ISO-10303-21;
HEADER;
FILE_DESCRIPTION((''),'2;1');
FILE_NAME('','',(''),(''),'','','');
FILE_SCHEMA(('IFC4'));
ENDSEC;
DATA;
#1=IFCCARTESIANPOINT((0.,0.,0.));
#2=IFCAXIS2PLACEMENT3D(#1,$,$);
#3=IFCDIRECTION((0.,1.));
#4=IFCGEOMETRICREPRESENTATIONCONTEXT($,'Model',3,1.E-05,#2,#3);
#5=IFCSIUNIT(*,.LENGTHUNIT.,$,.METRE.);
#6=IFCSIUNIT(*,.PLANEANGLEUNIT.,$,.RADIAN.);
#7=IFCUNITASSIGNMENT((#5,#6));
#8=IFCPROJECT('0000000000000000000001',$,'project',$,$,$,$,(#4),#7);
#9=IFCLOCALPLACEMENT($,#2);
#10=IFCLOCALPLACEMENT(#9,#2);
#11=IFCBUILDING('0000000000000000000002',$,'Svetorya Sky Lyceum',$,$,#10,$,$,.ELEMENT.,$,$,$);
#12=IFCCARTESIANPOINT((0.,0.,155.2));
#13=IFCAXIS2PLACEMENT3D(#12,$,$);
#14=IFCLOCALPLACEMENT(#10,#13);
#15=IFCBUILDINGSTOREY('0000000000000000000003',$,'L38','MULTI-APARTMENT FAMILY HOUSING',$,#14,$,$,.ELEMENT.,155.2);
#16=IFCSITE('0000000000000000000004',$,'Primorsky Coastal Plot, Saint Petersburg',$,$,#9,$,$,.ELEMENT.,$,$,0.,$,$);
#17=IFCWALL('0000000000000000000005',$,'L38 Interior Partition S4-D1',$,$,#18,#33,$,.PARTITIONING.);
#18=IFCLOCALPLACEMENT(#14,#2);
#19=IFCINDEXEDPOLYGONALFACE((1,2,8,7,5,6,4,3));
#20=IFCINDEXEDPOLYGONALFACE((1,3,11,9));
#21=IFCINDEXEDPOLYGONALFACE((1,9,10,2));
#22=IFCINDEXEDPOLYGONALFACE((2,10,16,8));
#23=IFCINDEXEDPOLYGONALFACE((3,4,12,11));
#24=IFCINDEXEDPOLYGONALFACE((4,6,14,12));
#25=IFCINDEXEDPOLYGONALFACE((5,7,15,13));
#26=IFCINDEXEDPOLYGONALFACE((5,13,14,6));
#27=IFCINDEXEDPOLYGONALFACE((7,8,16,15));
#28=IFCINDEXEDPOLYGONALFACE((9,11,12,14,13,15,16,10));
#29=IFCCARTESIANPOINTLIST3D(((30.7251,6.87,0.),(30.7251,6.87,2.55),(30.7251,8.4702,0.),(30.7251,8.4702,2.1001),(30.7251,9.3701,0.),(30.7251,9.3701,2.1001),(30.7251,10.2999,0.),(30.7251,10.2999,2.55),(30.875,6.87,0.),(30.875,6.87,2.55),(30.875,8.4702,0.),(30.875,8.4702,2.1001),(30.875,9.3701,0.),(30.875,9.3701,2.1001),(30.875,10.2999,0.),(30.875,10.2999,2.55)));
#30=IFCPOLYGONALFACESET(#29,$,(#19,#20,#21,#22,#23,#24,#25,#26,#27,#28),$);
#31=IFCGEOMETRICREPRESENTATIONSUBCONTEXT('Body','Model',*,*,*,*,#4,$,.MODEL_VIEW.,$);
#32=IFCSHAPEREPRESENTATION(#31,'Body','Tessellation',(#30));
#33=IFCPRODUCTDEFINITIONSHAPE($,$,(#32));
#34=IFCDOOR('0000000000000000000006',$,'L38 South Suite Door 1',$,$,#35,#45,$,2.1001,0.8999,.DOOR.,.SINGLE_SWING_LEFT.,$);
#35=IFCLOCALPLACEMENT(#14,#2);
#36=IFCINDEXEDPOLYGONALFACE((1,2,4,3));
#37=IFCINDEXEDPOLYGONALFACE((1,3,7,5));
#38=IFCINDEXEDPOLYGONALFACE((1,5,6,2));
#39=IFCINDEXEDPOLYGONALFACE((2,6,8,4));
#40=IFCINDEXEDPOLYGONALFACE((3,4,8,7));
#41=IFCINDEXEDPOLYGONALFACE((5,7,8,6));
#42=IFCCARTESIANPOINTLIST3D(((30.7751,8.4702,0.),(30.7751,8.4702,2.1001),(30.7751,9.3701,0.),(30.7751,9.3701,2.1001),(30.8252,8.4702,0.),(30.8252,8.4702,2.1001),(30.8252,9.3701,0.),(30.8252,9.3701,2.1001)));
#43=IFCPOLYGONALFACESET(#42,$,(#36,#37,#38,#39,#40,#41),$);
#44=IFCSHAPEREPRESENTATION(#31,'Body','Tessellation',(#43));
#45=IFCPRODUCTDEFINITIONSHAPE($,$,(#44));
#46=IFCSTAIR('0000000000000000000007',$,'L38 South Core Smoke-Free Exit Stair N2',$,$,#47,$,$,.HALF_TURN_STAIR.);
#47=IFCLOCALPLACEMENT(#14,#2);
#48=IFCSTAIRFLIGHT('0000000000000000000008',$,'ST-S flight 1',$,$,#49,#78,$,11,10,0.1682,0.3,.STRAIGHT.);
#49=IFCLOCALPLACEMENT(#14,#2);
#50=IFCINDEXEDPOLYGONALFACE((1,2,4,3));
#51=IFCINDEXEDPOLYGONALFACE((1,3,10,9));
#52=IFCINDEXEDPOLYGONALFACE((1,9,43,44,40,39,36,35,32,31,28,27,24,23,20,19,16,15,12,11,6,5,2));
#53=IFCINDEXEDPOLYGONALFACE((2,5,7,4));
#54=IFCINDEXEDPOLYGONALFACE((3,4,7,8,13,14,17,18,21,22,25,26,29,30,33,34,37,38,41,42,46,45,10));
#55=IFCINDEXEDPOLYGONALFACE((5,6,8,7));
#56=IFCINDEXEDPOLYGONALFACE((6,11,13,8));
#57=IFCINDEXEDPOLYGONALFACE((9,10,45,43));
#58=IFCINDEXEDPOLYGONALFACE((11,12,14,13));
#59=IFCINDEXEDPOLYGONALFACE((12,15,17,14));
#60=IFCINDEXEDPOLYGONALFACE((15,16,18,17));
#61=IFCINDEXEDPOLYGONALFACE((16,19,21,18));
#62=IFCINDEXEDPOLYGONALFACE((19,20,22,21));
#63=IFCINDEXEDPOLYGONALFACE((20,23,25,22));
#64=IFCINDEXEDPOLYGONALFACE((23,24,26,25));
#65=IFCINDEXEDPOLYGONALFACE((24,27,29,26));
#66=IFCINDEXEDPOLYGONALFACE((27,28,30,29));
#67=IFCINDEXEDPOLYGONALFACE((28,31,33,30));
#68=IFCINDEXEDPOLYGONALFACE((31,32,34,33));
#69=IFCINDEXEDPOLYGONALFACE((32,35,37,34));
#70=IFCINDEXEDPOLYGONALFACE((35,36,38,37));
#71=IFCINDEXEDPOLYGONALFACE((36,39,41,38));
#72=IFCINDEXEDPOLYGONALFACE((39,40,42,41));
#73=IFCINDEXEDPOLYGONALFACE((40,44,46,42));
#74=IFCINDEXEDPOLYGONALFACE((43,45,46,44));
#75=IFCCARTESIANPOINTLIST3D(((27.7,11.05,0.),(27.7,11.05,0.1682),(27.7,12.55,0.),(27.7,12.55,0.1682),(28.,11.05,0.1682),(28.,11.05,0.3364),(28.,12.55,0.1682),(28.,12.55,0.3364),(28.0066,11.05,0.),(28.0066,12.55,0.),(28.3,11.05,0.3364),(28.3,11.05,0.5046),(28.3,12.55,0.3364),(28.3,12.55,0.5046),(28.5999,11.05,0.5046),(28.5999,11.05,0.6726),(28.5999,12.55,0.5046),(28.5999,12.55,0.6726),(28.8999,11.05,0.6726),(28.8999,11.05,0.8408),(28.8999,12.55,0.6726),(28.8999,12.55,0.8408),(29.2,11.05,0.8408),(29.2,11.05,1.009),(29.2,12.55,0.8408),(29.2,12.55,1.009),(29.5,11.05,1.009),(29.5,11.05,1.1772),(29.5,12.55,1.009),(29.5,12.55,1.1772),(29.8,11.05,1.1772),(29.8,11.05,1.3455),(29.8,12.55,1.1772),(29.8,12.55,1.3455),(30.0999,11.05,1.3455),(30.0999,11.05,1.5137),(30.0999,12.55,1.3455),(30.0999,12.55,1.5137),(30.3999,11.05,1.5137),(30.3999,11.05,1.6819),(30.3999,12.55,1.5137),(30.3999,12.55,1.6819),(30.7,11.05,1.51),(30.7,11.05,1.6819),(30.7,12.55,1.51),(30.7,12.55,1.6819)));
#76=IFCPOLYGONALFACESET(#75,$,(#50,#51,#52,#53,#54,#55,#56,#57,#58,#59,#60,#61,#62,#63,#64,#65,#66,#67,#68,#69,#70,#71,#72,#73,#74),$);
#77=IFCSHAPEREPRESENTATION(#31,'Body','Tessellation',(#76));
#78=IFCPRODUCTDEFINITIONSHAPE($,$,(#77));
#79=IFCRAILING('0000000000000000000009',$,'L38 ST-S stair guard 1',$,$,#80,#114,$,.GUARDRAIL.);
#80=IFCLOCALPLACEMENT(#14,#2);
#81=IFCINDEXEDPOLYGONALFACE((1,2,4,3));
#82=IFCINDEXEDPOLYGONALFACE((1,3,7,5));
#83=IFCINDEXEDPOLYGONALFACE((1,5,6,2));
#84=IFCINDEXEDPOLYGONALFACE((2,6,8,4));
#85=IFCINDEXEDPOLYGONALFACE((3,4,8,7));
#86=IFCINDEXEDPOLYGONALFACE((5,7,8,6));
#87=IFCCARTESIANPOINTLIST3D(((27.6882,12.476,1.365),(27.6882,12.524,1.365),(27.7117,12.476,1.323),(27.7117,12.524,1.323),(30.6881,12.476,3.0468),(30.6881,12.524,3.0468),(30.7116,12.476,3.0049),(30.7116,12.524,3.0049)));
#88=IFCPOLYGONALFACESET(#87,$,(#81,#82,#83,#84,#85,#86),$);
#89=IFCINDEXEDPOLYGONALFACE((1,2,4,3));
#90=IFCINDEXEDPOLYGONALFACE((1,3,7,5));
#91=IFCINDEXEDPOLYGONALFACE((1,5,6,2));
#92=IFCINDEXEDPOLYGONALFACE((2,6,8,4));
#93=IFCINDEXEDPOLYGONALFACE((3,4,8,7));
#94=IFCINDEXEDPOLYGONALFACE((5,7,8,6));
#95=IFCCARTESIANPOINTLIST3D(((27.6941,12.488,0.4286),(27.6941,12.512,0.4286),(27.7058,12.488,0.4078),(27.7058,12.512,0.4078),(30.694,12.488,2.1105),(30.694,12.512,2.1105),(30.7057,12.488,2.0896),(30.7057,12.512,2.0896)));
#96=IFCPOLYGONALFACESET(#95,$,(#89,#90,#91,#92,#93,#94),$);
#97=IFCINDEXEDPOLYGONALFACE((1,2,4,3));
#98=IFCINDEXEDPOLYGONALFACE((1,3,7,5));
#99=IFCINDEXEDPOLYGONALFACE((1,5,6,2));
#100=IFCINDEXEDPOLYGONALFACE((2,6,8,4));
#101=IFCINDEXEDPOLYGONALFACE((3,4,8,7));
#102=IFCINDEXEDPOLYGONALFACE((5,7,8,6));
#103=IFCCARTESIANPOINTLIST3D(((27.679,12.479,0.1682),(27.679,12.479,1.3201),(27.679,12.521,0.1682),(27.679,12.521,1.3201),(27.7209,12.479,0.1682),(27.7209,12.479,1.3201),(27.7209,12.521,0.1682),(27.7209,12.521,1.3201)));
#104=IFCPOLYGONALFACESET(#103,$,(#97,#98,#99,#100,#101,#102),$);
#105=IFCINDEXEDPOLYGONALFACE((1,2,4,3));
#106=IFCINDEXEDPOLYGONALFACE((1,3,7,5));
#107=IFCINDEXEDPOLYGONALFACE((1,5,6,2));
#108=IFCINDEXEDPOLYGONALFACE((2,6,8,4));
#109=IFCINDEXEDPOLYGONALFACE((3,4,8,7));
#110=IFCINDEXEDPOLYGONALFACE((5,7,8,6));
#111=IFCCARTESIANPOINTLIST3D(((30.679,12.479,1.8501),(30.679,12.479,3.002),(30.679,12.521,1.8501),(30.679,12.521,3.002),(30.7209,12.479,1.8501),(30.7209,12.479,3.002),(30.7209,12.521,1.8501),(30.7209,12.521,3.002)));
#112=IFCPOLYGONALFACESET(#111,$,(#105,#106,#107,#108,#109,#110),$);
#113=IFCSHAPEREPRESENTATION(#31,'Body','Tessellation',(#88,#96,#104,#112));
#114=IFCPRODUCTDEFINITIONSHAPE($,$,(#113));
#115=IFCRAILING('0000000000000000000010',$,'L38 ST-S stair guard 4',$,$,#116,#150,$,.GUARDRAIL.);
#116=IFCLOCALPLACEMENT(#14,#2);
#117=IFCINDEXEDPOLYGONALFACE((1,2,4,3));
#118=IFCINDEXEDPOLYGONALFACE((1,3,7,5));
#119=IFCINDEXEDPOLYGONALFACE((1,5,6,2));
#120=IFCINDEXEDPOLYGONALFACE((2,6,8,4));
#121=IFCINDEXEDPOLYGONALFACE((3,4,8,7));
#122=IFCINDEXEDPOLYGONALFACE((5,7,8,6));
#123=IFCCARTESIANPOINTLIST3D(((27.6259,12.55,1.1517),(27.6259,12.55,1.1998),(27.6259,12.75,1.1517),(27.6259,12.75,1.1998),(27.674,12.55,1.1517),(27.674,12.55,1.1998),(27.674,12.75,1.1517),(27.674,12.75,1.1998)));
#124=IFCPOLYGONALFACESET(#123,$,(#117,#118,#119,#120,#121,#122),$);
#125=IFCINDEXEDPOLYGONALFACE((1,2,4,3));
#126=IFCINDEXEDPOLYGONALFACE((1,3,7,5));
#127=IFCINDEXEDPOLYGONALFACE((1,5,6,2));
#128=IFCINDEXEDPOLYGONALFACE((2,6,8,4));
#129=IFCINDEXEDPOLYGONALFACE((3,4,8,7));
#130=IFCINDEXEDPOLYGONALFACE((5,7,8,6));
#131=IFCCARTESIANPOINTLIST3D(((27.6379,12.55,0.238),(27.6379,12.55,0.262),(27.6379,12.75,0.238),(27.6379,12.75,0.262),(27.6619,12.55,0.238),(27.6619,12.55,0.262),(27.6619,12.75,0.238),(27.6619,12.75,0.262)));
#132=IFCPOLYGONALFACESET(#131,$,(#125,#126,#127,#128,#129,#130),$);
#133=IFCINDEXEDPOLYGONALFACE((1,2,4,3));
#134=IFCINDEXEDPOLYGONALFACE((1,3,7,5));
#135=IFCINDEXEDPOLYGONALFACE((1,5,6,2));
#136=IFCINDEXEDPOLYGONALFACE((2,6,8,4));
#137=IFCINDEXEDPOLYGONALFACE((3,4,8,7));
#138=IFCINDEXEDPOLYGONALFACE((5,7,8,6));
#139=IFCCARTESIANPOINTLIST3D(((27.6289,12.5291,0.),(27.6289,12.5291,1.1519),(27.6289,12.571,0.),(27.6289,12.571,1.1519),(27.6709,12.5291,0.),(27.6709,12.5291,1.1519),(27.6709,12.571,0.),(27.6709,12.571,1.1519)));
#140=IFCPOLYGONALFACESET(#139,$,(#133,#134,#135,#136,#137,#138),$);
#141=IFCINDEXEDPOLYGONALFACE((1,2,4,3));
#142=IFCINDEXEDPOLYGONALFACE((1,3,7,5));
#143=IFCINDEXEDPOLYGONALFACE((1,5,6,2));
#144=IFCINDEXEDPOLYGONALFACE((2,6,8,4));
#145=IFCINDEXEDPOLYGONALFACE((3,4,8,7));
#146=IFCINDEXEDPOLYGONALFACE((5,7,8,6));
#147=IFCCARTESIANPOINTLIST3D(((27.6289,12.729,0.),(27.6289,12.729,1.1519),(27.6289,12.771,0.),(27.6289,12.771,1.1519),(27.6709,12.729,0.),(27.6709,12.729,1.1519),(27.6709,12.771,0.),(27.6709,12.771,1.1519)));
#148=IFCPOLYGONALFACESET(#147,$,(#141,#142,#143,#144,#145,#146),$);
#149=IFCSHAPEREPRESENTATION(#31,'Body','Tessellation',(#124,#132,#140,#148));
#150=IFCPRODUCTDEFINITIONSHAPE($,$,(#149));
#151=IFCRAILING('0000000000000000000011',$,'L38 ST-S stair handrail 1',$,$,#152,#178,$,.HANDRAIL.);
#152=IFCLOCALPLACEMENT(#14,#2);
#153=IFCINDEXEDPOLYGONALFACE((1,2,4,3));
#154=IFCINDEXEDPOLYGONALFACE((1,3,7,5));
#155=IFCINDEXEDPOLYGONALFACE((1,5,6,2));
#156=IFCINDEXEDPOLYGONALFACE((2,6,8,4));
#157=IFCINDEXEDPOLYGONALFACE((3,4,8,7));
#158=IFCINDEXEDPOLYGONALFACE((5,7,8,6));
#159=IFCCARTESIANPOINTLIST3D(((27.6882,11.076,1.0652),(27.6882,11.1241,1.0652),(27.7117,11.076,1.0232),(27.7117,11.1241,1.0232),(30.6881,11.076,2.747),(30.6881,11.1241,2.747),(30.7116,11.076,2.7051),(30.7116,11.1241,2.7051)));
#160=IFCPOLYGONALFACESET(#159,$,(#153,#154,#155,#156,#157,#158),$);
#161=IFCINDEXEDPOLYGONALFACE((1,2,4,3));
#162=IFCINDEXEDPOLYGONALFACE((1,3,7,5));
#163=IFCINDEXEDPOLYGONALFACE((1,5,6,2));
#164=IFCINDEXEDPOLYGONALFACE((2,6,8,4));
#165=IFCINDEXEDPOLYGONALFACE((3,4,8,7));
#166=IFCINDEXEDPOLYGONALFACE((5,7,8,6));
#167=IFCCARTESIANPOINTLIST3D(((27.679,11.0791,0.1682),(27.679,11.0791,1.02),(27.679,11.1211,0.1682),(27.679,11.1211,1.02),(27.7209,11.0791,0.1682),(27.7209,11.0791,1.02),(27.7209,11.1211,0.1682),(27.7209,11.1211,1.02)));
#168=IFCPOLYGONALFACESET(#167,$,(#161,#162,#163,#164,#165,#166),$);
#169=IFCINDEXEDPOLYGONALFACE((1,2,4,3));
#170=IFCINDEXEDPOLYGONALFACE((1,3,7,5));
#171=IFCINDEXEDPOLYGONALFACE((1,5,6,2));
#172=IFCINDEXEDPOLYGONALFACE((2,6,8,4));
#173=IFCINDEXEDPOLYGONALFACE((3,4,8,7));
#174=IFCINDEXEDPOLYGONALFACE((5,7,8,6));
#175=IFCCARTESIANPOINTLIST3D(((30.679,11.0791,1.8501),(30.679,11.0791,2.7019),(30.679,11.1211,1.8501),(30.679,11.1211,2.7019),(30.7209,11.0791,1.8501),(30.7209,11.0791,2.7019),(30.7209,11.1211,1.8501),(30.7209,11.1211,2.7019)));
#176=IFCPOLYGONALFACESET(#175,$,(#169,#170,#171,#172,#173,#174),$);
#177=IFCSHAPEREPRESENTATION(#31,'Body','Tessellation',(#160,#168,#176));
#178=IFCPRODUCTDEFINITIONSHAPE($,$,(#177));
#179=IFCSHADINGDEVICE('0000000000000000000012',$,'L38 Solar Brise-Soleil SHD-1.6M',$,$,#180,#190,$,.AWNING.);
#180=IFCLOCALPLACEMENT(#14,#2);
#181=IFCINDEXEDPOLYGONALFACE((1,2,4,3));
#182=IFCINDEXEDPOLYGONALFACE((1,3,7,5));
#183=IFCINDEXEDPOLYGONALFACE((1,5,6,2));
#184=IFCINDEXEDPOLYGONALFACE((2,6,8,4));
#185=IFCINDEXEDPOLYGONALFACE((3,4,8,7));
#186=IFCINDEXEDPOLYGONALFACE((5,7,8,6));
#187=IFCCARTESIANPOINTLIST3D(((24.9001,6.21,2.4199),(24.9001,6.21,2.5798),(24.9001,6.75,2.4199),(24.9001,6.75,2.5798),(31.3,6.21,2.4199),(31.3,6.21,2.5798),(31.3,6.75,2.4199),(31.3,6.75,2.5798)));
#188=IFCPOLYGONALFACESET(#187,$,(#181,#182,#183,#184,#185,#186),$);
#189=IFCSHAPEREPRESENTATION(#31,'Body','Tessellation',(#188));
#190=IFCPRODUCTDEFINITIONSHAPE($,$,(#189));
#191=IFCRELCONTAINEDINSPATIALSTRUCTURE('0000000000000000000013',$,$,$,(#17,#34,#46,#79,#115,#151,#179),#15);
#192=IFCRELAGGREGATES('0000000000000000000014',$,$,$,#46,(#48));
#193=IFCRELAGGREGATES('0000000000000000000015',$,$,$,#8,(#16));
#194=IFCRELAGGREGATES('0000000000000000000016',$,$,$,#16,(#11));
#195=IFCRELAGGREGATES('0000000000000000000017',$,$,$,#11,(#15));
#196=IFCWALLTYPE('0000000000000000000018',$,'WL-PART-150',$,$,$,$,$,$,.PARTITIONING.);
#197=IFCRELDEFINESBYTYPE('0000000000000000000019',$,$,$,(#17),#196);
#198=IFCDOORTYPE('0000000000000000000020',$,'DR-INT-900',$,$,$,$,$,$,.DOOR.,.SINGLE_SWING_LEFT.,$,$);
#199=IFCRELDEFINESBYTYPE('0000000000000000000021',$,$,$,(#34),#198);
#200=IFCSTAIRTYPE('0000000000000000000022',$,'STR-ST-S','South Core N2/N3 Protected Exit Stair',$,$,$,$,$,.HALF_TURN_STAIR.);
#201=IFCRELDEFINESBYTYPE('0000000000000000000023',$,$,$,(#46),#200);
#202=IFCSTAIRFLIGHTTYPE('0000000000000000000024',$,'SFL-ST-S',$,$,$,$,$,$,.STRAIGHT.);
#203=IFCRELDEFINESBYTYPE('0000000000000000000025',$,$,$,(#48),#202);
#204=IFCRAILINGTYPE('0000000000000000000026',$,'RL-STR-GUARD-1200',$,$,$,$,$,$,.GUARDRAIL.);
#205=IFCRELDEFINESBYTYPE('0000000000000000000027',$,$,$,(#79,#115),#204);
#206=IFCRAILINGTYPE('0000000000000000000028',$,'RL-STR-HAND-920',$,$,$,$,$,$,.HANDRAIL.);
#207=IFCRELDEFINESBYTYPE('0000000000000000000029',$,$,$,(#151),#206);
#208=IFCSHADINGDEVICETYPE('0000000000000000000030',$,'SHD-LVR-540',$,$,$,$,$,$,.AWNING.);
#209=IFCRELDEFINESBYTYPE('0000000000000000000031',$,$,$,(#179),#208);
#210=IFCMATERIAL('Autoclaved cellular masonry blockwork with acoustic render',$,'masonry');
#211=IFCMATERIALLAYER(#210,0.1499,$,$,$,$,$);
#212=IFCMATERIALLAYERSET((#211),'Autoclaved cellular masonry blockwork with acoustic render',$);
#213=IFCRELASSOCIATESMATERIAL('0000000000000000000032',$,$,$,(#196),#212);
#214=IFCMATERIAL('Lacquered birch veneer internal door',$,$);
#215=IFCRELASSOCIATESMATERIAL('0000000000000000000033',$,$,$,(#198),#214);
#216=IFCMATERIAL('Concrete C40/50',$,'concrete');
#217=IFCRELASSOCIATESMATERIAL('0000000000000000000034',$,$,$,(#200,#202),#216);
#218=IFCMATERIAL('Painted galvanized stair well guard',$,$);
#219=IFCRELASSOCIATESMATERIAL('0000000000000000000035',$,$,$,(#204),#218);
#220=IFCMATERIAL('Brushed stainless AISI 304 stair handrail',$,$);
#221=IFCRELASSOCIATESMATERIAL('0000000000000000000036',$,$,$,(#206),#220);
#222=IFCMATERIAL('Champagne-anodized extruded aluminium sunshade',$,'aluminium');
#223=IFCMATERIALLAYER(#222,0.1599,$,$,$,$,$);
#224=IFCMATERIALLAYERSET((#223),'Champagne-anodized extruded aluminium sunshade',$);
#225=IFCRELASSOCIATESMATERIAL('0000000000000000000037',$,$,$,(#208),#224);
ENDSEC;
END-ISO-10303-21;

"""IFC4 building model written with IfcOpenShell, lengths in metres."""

from ifc_helpers import new_model, si_unit, direction, frame, frame_2d, origin, origin_2d, place, context, subcontext, project, spatial, polyline, rectangle, outline, extrude, material, layer, layer_set, type_object, element, fill, aggregate, save


model = new_model("IFC4")

# Units and contexts
model_context = context("Model", 3, precision=1e-05, world=origin(), true_north=direction((0.0, 1.0)))
body_context = subcontext(model_context, "Body", "Model", "MODEL_VIEW")
ifc_project = project(units=[si_unit("LENGTHUNIT", "METRE"), si_unit("PLANEANGLEUNIT", "RADIAN")], contexts=[model_context])

# Site, building, storey
site_placement = place(None, origin())
site = spatial("IfcSite", under=ifc_project, at=site_placement, Name="Primorsky Coastal Plot, Saint Petersburg", CompositionType="ELEMENT", RefElevation=0.0)
building_placement = place(site_placement, origin())
building = spatial("IfcBuilding", under=site, at=building_placement, Name="Svetorya Sky Lyceum", CompositionType="ELEMENT")
storey_placement = place(building_placement, frame((0.0, 0.0, 155.2)))
storey = spatial("IfcBuildingStorey", under=building, at=storey_placement, Name="L38", Description="MULTI-APARTMENT FAMILY HOUSING", CompositionType="ELEMENT", Elevation=155.2)

# Shared definitions
ifc_material_1 = material(Name="Concrete C40/50", Category="concrete")

# Wall, opening, door
ifc_material_2 = material(Name="Autoclaved cellular masonry blockwork with acoustic render", Category="masonry")
ifc_layer_1 = layer(ifc_material_2, 0.1499)
ifc_layer_set_1 = layer_set([ifc_layer_1], Name="Autoclaved cellular masonry blockwork with acoustic render")
wall_type_1 = type_object("IfcWallType", Name="WL-PART-150", PredefinedType="PARTITIONING", material=ifc_layer_set_1)
wall_1_placement = place(storey_placement, frame((30.8, 6.8701, 0.0), z_axis=(0.0, 0.0, 1.0), x_axis=(0.0, 1.0, 0.0)))
wall_1 = element("IfcWall", 1, at=wall_1_placement, inside=storey, type_object=wall_type_1, Name="L38 Interior Partition S4-D1", PredefinedType="PARTITIONING", context=body_context, shape_type="SweptSolid", body=[
    extrude(rectangle(XDim=3.4299, YDim=0.1499, at=frame_2d((1.7148, 0.0))), origin(), (0.0, 0.0, 1.0), 2.55),
])
opening_placement = place(wall_1_placement, frame((1.6001, 0.0, 0.0)))
opening = element("IfcOpeningElement", 2, at=opening_placement, cuts=wall_1, PredefinedType="OPENING", context=body_context, shape_type="SweptSolid", body=[
    extrude(rectangle(XDim=0.8999, YDim=2.1001, at=frame_2d((0.45, 1.05))), frame((0.0, 0.085, 0.0), z_axis=(0.0, -1.0, 0.0), x_axis=(1.0, 0.0, 0.0)), (0.0, 0.0, 1.0), 0.1699),
])
ifc_material_3 = material(Name="Lacquered birch veneer internal door")
door_type = type_object("IfcDoorType", Name="DR-INT-900", OperationType="SINGLE_SWING_LEFT", PredefinedType="DOOR", material=ifc_material_3)
door_placement = place(opening_placement, origin())
door = element("IfcDoor", 3, at=door_placement, inside=storey, type_object=door_type, Name="L38 South Suite Door 1", OperationType="SINGLE_SWING_LEFT", OverallHeight=2.1001, OverallWidth=0.8999, PredefinedType="DOOR", context=body_context, shape_type="SweptSolid", body=[
    extrude(rectangle(XDim=0.8999, YDim=2.1001, at=frame_2d((0.45, 1.05))), frame((0.0, 0.0249, 0.0), z_axis=(0.0, -1.0, 0.0), x_axis=(1.0, 0.0, 0.0)), (0.0, 0.0, 1.0), 0.05),
])
fill(opening, door)

# Stair, stair flight
stair_type = type_object("IfcStairType", Name="STR-ST-S", Description="South Core N2/N3 Protected Exit Stair", PredefinedType="HALF_TURN_STAIR", material=ifc_material_1)
stair_placement = place(storey_placement, origin())
stair = element("IfcStair", 4, at=stair_placement, inside=storey, type_object=stair_type, Name="L38 South Core Smoke-Free Exit Stair N2", PredefinedType="HALF_TURN_STAIR")
stair_flight_type = type_object("IfcStairFlightType", Name="SFL-ST-S", PredefinedType="STRAIGHT", material=ifc_material_1)
stair_flight_placement = place(storey_placement, frame((27.7, 11.8, 0.0), z_axis=(0.0, 0.0, 1.0), x_axis=(1.0, 0.0, 0.0)))
stair_flight = element("IfcStairFlight", 5, at=stair_flight_placement, type_object=stair_flight_type, Name="ST-S flight 1", NumberOfRisers=11, NumberOfTreads=10, PredefinedType="STRAIGHT", RiserHeight=0.1682, TreadLength=0.3, context=body_context, shape_type="SweptSolid", body=[
    extrude(outline(polyline([(0.0, 0.0), (0.0, 0.1682), (0.3, 0.1682), (0.3, 0.3364), (0.6001, 0.3364), (0.6001, 0.5046), (0.8999, 0.5046), (0.8999, 0.6726), (1.2, 0.6726), (1.2, 0.8408), (1.5, 0.8408), (1.5, 1.009), (1.8, 1.009), (1.8, 1.1772), (2.1001, 1.1772), (2.1001, 1.3455), (2.3999, 1.3455), (2.3999, 1.5137), (2.7, 1.5137), (2.7, 1.6819), (3.0, 1.6819), (3.0, 1.8501), (3.0, 1.51), (0.3066, 0.0), (0.0, 0.0)])), frame((0.0, 0.75, 0.0), z_axis=(0.0, -1.0, 0.0), x_axis=(1.0, 0.0, 0.0)), (0.0, 0.0, 1.0), 1.5),
])
aggregate(stair, [stair_flight])

# Railings
ifc_material_4 = material(Name="Painted galvanized stair well guard")
railing_type_1 = type_object("IfcRailingType", Name="RL-STR-GUARD-1200", PredefinedType="GUARDRAIL", material=ifc_material_4)
railing_1_placement = place(storey_placement, frame((27.7, 12.5, 0.1682)))
element("IfcRailing", 6, at=railing_1_placement, inside=storey, type_object=railing_type_1, Name="L38 ST-S stair guard 1", PredefinedType="GUARDRAIL", context=body_context, shape_type="SweptSolid", body=[
    extrude(rectangle(XDim=0.0481, YDim=0.0481, at=origin_2d()), frame((0.0, 0.0, 1.1758), z_axis=(0.872272, 0.0, 0.48902), x_axis=(0.0, 1.0, 0.0)), (0.0, 0.0, 1.0), 3.4392),
    extrude(rectangle(XDim=0.0239, YDim=0.0239, at=origin_2d()), frame((0.0, 0.0, 0.25), z_axis=(0.872272, 0.0, 0.48902), x_axis=(0.0, 1.0, 0.0)), (0.0, 0.0, 1.0), 3.4392),
    extrude(rectangle(XDim=0.042, YDim=0.042, at=origin_2d()), origin(), (0.0, 0.0, 1.0), 1.1519),
    extrude(rectangle(XDim=0.042, YDim=0.042, at=origin_2d()), frame((3.0, 0.0, 1.6819)), (0.0, 0.0, 1.0), 1.1519),
])
railing_2_placement = place(storey_placement, frame((27.6499, 12.55, 0.0)))
element("IfcRailing", 7, at=railing_2_placement, inside=storey, type_object=railing_type_1, Name="L38 ST-S stair guard 4", PredefinedType="GUARDRAIL", context=body_context, shape_type="SweptSolid", body=[
    extrude(rectangle(XDim=0.0481, YDim=0.0481, at=origin_2d()), frame((0.0, 0.0, 1.1758), z_axis=(0.0, 1.0, 0.0), x_axis=(-1.0, 0.0, 0.0)), (0.0, 0.0, 1.0), 0.2),
    extrude(rectangle(XDim=0.0239, YDim=0.0239, at=origin_2d()), frame((0.0, 0.0, 0.25), z_axis=(0.0, 1.0, 0.0), x_axis=(-1.0, 0.0, 0.0)), (0.0, 0.0, 1.0), 0.2),
    extrude(rectangle(XDim=0.042, YDim=0.042, at=origin_2d()), origin(), (0.0, 0.0, 1.0), 1.1519),
    extrude(rectangle(XDim=0.042, YDim=0.042, at=origin_2d()), frame((0.0, 0.2, 0.0)), (0.0, 0.0, 1.0), 1.1519),
])
ifc_material_5 = material(Name="Brushed stainless AISI 304 stair handrail")
railing_type_2 = type_object("IfcRailingType", Name="RL-STR-HAND-920", PredefinedType="HANDRAIL", material=ifc_material_5)
railing_3_placement = place(storey_placement, frame((27.7, 11.1001, 0.1682)))
element("IfcRailing", 8, at=railing_3_placement, inside=storey, type_object=railing_type_2, Name="L38 ST-S stair handrail 1", PredefinedType="HANDRAIL", context=body_context, shape_type="SweptSolid", body=[
    extrude(rectangle(XDim=0.0481, YDim=0.0481, at=origin_2d()), frame((0.0, 0.0, 0.876), z_axis=(0.872272, 0.0, 0.48902), x_axis=(0.0, 1.0, 0.0)), (0.0, 0.0, 1.0), 3.4392),
    extrude(rectangle(XDim=0.042, YDim=0.042, at=origin_2d()), origin(), (0.0, 0.0, 1.0), 0.8518),
    extrude(rectangle(XDim=0.042, YDim=0.042, at=origin_2d()), frame((3.0, 0.0, 1.6819)), (0.0, 0.0, 1.0), 0.8518),
])

# Shading device
ifc_material_6 = material(Name="Champagne-anodized extruded aluminium sunshade", Category="aluminium")
ifc_layer_2 = layer(ifc_material_6, 0.1599)
ifc_layer_set_2 = layer_set([ifc_layer_2], Name="Champagne-anodized extruded aluminium sunshade")
shading_device_type = type_object("IfcShadingDeviceType", Name="SHD-LVR-540", PredefinedType="AWNING", material=ifc_layer_set_2)
shading_device_placement = place(storey_placement, frame((28.1001, 6.48, 2.4199), z_axis=(0.0, 0.0, 1.0), x_axis=(1.0, 0.0, 0.0)))
element("IfcShadingDevice", 9, at=shading_device_placement, inside=storey, type_object=shading_device_type, Name="L38 Solar Brise-Soleil SHD-1.6M", PredefinedType="AWNING", context=body_context, shape_type="SweptSolid", body=[
    extrude(rectangle(XDim=6.3999, YDim=0.54, at=origin_2d()), origin(), (0.0, 0.0, 1.0), 0.1599),
])

save(model, "model.ifc")
